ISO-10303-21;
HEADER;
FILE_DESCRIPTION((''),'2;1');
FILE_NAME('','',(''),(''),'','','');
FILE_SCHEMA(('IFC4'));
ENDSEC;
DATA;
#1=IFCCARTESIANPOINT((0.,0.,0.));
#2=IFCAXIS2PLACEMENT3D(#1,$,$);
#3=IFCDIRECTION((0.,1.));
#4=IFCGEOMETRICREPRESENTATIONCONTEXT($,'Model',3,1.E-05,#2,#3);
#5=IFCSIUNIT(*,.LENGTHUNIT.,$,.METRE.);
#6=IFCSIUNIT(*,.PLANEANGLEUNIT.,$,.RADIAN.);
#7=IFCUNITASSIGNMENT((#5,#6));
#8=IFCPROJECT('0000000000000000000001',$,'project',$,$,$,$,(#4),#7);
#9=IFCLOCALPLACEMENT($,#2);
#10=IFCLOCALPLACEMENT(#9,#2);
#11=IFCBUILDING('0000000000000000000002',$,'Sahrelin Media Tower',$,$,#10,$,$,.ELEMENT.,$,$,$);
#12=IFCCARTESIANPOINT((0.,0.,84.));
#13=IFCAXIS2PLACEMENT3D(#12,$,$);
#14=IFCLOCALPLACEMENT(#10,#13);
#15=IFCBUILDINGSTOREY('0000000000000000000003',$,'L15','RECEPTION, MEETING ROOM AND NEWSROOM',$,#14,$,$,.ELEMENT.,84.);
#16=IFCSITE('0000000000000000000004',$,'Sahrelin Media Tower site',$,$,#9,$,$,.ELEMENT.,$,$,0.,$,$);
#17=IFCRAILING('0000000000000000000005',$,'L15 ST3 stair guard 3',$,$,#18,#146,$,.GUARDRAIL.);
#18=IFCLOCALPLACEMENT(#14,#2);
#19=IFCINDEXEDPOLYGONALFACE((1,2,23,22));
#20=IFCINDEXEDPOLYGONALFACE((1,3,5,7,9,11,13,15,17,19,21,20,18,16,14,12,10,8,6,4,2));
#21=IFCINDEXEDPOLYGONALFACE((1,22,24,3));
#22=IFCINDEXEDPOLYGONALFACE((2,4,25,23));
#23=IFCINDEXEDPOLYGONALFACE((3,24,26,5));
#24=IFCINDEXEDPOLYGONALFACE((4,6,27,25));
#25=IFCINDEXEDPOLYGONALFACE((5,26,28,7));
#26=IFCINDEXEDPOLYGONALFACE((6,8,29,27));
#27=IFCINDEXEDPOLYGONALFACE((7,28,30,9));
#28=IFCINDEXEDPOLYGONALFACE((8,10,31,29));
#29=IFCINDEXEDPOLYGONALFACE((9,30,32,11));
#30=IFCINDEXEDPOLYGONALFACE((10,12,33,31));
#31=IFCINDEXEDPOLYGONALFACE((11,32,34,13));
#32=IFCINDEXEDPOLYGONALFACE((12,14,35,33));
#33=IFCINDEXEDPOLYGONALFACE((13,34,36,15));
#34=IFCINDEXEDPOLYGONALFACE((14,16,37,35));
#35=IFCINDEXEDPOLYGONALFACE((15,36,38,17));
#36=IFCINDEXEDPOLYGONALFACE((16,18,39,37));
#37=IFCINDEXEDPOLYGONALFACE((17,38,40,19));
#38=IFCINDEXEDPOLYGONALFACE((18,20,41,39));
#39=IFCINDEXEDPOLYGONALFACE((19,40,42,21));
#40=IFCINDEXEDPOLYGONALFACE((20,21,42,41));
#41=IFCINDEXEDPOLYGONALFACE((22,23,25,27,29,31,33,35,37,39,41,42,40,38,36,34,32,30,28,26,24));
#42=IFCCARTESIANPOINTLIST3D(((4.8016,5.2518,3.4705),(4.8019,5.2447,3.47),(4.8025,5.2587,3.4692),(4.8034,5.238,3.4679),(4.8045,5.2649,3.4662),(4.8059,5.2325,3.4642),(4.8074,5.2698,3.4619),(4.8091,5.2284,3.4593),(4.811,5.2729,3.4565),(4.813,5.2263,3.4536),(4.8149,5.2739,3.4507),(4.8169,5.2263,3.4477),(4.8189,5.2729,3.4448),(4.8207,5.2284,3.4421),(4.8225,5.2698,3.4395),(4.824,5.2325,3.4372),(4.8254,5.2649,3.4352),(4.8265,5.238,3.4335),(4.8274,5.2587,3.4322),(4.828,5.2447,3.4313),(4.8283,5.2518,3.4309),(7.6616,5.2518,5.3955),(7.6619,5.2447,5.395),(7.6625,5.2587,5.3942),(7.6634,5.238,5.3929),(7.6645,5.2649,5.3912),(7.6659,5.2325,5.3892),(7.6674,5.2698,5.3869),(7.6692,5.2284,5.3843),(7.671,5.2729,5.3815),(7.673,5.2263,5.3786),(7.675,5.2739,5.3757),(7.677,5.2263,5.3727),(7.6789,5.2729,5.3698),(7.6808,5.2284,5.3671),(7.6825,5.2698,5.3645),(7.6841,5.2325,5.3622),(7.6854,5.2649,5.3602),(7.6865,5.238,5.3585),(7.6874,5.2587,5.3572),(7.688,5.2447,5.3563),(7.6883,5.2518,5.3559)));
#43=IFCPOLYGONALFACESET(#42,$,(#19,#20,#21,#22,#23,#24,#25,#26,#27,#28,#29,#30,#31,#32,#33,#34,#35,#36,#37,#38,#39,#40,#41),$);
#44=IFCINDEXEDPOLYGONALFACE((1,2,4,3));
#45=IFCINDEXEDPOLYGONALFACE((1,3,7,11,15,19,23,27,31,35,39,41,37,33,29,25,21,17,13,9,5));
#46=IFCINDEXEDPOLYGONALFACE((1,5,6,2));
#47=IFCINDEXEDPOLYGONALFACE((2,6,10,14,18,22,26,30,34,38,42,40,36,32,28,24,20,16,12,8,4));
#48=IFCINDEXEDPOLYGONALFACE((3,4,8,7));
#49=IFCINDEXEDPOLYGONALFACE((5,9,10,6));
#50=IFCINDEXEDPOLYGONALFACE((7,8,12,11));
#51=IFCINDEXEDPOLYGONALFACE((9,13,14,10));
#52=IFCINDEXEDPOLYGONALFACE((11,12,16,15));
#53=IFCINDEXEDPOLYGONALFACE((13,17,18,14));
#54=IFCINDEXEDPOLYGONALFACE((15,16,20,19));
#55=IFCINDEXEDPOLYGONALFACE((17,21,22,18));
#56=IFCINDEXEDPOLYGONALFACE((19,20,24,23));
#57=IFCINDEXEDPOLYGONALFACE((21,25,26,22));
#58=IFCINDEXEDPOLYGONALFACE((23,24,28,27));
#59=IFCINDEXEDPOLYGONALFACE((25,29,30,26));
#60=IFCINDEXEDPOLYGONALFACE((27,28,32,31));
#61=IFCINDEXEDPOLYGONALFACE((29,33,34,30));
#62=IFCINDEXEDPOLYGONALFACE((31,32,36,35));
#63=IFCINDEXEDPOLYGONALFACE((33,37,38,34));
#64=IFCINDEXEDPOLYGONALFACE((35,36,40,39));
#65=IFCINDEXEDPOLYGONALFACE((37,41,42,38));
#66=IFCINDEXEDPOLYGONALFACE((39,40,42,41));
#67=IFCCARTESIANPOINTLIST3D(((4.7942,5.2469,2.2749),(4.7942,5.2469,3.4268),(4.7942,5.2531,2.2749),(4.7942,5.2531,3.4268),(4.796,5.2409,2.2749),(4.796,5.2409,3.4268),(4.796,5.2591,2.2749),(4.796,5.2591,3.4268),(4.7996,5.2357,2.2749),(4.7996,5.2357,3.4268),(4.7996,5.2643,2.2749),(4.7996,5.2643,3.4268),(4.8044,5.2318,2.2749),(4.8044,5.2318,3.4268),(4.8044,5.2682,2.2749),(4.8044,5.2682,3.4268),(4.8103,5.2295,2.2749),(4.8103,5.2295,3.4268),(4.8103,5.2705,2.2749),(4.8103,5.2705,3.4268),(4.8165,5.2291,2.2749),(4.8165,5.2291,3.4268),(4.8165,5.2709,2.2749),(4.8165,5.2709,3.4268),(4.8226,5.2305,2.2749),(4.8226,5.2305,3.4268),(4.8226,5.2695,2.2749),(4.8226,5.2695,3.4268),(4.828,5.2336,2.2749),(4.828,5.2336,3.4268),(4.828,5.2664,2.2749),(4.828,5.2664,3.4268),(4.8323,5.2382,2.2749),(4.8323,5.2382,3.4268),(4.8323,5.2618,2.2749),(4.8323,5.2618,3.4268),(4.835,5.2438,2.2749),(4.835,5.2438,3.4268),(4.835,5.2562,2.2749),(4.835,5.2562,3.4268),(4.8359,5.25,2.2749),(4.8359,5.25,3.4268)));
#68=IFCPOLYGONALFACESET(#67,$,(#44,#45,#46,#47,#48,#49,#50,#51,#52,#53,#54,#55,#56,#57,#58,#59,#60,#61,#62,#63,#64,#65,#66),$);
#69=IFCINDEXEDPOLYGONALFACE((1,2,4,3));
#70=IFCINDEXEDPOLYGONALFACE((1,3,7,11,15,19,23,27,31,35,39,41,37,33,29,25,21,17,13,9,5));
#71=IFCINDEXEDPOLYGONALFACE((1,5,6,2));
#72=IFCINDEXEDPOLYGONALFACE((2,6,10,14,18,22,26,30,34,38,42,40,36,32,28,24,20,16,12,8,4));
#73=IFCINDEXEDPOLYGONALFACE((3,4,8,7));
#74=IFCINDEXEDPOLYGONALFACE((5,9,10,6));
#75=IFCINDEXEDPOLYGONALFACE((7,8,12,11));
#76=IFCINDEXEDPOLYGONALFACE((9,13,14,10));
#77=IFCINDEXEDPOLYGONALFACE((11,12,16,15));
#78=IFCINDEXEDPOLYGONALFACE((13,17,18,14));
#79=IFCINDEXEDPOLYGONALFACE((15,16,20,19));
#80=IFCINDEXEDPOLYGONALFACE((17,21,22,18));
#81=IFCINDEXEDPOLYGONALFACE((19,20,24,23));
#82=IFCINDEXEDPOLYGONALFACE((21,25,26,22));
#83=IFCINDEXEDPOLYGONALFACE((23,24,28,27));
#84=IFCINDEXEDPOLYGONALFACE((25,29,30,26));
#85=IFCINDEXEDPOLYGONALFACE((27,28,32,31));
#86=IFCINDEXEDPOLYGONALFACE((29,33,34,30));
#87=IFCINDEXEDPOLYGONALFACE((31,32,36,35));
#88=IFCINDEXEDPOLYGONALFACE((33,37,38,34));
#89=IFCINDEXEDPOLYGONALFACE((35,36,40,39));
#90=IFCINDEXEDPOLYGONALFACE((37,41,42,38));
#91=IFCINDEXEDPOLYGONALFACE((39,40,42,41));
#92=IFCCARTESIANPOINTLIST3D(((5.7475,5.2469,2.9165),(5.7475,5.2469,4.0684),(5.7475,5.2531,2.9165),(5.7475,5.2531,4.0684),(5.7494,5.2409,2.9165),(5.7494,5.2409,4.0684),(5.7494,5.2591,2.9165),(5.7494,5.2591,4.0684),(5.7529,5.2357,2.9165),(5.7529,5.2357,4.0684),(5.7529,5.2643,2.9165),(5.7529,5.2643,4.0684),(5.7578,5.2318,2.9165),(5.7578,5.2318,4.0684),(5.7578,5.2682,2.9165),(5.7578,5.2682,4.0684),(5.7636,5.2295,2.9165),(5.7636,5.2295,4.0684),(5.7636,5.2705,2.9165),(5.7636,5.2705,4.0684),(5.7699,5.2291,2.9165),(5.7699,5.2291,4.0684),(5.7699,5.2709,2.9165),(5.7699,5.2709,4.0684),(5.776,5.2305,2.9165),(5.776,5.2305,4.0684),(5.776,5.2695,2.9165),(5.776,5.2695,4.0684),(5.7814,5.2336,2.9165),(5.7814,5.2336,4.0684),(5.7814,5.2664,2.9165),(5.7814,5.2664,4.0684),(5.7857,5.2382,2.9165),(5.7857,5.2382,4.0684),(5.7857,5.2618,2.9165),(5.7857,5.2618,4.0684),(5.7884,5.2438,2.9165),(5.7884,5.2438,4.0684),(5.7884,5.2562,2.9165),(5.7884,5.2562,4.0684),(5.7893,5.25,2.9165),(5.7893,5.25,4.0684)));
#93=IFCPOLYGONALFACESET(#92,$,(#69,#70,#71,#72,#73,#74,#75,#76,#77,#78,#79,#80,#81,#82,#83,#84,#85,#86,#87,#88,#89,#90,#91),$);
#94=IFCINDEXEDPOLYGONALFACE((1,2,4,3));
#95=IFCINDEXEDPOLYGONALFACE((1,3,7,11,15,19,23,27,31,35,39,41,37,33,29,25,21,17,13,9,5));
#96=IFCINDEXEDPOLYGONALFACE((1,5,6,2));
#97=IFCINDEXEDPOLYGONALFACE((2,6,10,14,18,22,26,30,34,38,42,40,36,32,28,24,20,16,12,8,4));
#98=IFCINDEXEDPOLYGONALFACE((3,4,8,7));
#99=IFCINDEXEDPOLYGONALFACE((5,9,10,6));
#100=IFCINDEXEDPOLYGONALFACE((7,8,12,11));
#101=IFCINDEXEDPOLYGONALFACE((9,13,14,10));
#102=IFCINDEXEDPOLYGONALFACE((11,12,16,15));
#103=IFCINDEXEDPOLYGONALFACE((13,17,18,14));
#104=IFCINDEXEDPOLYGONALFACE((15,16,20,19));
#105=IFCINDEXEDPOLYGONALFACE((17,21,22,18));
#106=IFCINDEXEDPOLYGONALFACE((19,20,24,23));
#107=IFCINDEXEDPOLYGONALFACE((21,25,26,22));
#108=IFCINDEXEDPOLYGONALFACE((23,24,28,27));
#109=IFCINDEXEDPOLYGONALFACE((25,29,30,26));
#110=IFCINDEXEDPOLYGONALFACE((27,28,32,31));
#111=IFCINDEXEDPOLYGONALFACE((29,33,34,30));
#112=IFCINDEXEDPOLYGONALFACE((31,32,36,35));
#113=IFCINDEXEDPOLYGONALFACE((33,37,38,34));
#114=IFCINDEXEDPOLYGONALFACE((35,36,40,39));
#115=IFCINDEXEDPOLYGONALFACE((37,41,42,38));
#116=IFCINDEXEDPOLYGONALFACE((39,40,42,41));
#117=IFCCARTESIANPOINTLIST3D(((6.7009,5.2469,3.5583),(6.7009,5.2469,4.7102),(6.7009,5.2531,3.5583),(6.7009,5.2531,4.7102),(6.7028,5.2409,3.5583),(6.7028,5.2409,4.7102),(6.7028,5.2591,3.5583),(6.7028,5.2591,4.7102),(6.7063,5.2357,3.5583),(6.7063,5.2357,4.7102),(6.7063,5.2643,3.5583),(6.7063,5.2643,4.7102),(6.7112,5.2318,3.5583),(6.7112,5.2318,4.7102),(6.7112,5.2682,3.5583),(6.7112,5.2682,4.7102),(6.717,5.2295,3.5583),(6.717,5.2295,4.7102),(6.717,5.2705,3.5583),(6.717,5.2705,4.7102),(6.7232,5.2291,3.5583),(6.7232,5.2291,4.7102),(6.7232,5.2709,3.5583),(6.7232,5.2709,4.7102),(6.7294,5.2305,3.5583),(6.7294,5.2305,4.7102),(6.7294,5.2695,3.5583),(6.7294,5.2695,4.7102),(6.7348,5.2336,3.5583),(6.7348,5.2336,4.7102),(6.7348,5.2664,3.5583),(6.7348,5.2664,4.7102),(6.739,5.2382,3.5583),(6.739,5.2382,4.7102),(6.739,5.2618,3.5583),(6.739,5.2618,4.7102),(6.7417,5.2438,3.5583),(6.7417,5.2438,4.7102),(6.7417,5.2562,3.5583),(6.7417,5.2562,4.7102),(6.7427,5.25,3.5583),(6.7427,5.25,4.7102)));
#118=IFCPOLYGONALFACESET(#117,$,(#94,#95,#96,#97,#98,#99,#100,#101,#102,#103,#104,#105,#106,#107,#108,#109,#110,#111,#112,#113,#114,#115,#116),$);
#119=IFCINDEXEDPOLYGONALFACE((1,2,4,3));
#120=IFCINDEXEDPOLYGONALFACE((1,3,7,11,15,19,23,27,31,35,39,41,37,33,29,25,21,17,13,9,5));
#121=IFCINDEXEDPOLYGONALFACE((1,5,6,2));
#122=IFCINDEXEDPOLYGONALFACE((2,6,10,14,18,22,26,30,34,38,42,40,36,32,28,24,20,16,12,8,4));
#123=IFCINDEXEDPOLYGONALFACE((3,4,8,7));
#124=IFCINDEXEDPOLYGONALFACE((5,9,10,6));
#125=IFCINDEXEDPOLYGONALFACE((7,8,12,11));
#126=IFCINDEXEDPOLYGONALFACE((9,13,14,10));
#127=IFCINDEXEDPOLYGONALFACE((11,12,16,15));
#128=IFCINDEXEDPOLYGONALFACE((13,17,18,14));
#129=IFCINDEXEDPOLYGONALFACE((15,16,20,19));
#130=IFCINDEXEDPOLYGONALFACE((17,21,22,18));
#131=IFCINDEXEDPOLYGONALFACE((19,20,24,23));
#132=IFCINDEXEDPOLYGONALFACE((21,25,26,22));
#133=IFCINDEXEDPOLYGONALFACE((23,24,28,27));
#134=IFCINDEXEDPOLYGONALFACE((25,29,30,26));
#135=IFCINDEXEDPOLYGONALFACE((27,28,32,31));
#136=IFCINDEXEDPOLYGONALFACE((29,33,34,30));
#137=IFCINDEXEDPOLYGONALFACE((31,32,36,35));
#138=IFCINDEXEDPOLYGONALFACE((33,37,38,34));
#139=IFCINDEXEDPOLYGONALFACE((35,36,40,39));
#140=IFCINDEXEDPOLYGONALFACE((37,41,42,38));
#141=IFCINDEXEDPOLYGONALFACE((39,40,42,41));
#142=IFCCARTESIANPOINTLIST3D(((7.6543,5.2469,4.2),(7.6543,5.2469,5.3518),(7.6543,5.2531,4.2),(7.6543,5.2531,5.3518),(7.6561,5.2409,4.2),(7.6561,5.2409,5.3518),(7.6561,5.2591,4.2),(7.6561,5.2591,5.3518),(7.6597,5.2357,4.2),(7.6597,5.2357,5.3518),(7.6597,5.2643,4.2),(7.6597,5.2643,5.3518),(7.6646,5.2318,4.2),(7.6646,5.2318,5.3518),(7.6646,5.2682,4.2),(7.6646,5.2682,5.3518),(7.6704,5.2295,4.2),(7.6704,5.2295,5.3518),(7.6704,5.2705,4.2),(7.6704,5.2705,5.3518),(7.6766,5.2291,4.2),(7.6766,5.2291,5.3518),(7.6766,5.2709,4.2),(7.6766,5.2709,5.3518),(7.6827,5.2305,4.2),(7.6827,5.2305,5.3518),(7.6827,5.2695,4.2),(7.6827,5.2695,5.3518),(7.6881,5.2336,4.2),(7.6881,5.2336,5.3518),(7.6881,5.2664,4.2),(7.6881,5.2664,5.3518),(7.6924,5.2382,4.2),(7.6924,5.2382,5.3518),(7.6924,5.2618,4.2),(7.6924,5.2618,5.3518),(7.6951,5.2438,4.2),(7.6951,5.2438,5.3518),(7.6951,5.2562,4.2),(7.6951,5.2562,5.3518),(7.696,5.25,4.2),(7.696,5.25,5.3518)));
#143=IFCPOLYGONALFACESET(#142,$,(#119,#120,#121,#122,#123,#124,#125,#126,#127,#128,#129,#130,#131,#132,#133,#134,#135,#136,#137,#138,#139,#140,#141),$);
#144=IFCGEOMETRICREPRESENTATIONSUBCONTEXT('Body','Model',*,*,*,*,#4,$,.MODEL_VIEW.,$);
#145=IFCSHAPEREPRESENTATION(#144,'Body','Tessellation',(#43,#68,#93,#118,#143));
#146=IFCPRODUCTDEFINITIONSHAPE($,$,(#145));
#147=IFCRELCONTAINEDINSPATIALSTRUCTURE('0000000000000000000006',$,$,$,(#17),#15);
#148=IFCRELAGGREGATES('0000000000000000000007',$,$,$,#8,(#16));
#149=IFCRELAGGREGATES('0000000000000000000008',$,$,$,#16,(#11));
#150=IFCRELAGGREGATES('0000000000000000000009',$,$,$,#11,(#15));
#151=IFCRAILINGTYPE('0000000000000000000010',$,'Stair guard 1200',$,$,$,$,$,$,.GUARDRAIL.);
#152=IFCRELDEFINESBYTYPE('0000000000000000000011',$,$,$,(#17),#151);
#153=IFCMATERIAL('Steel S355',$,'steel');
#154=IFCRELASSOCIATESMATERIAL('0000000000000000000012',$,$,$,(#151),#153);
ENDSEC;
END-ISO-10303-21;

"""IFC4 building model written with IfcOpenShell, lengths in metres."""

from ifc_helpers import new_model, si_unit, direction, frame, origin, origin_2d, place, context, subcontext, project, spatial, circle, extrude, material, type_object, element, save


model = new_model("IFC4")

# Units and contexts
model_context = context("Model", 3, precision=1e-05, world=origin(), true_north=direction((0.0, 1.0)))
body_context = subcontext(model_context, "Body", "Model", "MODEL_VIEW")
ifc_project = project(units=[si_unit("LENGTHUNIT", "METRE"), si_unit("PLANEANGLEUNIT", "RADIAN")], contexts=[model_context])

# Site, building, storey
site_placement = place(None, origin())
site = spatial("IfcSite", under=ifc_project, at=site_placement, Name="Sahrelin Media Tower site", CompositionType="ELEMENT", RefElevation=0.0)
building_placement = place(site_placement, origin())
building = spatial("IfcBuilding", under=site, at=building_placement, Name="Sahrelin Media Tower", CompositionType="ELEMENT")
storey_placement = place(building_placement, frame((0.0, 0.0, 84.0)))
storey = spatial("IfcBuildingStorey", under=building, at=storey_placement, Name="L15", Description="RECEPTION, MEETING ROOM AND NEWSROOM", CompositionType="ELEMENT", Elevation=84.0)

# Shared definitions
ifc_material_1 = material(Name="Steel S355", Category="steel")

# Railing
railing_type_1 = type_object("IfcRailingType", Name="Stair guard 1200", PredefinedType="GUARDRAIL", material=ifc_material_1)
railing_1_placement = place(storey_placement, frame((4.8149, 5.25, 2.2749)))
element("IfcRailing", 1, at=railing_1_placement, inside=storey, type_object=railing_type_1, Name="L15 ST3 stair guard 3", PredefinedType="GUARDRAIL", context=body_context, shape_type="SweptSolid", body=[
    extrude(circle(Radius=0.0239, at=origin_2d()), frame((0.0, 0.0, 1.1758), z_axis=(0.829591, 0.0, 0.558372), x_axis=(0.0, 1.0, 0.0)), (0.0, 0.0, 1.0), 3.4475),
    extrude(circle(Radius=0.021, at=origin_2d()), origin(), (0.0, 0.0, 1.0), 1.1519),
    extrude(circle(Radius=0.021, at=origin_2d()), frame((0.9534, 0.0, 0.6416)), (0.0, 0.0, 1.0), 1.1519),
    extrude(circle(Radius=0.021, at=origin_2d()), frame((1.9067, 0.0, 1.2834)), (0.0, 0.0, 1.0), 1.1519),
    extrude(circle(Radius=0.021, at=origin_2d()), frame((2.8601, 0.0, 1.925)), (0.0, 0.0, 1.0), 1.1519),
])

save(model, "model.ifc")
